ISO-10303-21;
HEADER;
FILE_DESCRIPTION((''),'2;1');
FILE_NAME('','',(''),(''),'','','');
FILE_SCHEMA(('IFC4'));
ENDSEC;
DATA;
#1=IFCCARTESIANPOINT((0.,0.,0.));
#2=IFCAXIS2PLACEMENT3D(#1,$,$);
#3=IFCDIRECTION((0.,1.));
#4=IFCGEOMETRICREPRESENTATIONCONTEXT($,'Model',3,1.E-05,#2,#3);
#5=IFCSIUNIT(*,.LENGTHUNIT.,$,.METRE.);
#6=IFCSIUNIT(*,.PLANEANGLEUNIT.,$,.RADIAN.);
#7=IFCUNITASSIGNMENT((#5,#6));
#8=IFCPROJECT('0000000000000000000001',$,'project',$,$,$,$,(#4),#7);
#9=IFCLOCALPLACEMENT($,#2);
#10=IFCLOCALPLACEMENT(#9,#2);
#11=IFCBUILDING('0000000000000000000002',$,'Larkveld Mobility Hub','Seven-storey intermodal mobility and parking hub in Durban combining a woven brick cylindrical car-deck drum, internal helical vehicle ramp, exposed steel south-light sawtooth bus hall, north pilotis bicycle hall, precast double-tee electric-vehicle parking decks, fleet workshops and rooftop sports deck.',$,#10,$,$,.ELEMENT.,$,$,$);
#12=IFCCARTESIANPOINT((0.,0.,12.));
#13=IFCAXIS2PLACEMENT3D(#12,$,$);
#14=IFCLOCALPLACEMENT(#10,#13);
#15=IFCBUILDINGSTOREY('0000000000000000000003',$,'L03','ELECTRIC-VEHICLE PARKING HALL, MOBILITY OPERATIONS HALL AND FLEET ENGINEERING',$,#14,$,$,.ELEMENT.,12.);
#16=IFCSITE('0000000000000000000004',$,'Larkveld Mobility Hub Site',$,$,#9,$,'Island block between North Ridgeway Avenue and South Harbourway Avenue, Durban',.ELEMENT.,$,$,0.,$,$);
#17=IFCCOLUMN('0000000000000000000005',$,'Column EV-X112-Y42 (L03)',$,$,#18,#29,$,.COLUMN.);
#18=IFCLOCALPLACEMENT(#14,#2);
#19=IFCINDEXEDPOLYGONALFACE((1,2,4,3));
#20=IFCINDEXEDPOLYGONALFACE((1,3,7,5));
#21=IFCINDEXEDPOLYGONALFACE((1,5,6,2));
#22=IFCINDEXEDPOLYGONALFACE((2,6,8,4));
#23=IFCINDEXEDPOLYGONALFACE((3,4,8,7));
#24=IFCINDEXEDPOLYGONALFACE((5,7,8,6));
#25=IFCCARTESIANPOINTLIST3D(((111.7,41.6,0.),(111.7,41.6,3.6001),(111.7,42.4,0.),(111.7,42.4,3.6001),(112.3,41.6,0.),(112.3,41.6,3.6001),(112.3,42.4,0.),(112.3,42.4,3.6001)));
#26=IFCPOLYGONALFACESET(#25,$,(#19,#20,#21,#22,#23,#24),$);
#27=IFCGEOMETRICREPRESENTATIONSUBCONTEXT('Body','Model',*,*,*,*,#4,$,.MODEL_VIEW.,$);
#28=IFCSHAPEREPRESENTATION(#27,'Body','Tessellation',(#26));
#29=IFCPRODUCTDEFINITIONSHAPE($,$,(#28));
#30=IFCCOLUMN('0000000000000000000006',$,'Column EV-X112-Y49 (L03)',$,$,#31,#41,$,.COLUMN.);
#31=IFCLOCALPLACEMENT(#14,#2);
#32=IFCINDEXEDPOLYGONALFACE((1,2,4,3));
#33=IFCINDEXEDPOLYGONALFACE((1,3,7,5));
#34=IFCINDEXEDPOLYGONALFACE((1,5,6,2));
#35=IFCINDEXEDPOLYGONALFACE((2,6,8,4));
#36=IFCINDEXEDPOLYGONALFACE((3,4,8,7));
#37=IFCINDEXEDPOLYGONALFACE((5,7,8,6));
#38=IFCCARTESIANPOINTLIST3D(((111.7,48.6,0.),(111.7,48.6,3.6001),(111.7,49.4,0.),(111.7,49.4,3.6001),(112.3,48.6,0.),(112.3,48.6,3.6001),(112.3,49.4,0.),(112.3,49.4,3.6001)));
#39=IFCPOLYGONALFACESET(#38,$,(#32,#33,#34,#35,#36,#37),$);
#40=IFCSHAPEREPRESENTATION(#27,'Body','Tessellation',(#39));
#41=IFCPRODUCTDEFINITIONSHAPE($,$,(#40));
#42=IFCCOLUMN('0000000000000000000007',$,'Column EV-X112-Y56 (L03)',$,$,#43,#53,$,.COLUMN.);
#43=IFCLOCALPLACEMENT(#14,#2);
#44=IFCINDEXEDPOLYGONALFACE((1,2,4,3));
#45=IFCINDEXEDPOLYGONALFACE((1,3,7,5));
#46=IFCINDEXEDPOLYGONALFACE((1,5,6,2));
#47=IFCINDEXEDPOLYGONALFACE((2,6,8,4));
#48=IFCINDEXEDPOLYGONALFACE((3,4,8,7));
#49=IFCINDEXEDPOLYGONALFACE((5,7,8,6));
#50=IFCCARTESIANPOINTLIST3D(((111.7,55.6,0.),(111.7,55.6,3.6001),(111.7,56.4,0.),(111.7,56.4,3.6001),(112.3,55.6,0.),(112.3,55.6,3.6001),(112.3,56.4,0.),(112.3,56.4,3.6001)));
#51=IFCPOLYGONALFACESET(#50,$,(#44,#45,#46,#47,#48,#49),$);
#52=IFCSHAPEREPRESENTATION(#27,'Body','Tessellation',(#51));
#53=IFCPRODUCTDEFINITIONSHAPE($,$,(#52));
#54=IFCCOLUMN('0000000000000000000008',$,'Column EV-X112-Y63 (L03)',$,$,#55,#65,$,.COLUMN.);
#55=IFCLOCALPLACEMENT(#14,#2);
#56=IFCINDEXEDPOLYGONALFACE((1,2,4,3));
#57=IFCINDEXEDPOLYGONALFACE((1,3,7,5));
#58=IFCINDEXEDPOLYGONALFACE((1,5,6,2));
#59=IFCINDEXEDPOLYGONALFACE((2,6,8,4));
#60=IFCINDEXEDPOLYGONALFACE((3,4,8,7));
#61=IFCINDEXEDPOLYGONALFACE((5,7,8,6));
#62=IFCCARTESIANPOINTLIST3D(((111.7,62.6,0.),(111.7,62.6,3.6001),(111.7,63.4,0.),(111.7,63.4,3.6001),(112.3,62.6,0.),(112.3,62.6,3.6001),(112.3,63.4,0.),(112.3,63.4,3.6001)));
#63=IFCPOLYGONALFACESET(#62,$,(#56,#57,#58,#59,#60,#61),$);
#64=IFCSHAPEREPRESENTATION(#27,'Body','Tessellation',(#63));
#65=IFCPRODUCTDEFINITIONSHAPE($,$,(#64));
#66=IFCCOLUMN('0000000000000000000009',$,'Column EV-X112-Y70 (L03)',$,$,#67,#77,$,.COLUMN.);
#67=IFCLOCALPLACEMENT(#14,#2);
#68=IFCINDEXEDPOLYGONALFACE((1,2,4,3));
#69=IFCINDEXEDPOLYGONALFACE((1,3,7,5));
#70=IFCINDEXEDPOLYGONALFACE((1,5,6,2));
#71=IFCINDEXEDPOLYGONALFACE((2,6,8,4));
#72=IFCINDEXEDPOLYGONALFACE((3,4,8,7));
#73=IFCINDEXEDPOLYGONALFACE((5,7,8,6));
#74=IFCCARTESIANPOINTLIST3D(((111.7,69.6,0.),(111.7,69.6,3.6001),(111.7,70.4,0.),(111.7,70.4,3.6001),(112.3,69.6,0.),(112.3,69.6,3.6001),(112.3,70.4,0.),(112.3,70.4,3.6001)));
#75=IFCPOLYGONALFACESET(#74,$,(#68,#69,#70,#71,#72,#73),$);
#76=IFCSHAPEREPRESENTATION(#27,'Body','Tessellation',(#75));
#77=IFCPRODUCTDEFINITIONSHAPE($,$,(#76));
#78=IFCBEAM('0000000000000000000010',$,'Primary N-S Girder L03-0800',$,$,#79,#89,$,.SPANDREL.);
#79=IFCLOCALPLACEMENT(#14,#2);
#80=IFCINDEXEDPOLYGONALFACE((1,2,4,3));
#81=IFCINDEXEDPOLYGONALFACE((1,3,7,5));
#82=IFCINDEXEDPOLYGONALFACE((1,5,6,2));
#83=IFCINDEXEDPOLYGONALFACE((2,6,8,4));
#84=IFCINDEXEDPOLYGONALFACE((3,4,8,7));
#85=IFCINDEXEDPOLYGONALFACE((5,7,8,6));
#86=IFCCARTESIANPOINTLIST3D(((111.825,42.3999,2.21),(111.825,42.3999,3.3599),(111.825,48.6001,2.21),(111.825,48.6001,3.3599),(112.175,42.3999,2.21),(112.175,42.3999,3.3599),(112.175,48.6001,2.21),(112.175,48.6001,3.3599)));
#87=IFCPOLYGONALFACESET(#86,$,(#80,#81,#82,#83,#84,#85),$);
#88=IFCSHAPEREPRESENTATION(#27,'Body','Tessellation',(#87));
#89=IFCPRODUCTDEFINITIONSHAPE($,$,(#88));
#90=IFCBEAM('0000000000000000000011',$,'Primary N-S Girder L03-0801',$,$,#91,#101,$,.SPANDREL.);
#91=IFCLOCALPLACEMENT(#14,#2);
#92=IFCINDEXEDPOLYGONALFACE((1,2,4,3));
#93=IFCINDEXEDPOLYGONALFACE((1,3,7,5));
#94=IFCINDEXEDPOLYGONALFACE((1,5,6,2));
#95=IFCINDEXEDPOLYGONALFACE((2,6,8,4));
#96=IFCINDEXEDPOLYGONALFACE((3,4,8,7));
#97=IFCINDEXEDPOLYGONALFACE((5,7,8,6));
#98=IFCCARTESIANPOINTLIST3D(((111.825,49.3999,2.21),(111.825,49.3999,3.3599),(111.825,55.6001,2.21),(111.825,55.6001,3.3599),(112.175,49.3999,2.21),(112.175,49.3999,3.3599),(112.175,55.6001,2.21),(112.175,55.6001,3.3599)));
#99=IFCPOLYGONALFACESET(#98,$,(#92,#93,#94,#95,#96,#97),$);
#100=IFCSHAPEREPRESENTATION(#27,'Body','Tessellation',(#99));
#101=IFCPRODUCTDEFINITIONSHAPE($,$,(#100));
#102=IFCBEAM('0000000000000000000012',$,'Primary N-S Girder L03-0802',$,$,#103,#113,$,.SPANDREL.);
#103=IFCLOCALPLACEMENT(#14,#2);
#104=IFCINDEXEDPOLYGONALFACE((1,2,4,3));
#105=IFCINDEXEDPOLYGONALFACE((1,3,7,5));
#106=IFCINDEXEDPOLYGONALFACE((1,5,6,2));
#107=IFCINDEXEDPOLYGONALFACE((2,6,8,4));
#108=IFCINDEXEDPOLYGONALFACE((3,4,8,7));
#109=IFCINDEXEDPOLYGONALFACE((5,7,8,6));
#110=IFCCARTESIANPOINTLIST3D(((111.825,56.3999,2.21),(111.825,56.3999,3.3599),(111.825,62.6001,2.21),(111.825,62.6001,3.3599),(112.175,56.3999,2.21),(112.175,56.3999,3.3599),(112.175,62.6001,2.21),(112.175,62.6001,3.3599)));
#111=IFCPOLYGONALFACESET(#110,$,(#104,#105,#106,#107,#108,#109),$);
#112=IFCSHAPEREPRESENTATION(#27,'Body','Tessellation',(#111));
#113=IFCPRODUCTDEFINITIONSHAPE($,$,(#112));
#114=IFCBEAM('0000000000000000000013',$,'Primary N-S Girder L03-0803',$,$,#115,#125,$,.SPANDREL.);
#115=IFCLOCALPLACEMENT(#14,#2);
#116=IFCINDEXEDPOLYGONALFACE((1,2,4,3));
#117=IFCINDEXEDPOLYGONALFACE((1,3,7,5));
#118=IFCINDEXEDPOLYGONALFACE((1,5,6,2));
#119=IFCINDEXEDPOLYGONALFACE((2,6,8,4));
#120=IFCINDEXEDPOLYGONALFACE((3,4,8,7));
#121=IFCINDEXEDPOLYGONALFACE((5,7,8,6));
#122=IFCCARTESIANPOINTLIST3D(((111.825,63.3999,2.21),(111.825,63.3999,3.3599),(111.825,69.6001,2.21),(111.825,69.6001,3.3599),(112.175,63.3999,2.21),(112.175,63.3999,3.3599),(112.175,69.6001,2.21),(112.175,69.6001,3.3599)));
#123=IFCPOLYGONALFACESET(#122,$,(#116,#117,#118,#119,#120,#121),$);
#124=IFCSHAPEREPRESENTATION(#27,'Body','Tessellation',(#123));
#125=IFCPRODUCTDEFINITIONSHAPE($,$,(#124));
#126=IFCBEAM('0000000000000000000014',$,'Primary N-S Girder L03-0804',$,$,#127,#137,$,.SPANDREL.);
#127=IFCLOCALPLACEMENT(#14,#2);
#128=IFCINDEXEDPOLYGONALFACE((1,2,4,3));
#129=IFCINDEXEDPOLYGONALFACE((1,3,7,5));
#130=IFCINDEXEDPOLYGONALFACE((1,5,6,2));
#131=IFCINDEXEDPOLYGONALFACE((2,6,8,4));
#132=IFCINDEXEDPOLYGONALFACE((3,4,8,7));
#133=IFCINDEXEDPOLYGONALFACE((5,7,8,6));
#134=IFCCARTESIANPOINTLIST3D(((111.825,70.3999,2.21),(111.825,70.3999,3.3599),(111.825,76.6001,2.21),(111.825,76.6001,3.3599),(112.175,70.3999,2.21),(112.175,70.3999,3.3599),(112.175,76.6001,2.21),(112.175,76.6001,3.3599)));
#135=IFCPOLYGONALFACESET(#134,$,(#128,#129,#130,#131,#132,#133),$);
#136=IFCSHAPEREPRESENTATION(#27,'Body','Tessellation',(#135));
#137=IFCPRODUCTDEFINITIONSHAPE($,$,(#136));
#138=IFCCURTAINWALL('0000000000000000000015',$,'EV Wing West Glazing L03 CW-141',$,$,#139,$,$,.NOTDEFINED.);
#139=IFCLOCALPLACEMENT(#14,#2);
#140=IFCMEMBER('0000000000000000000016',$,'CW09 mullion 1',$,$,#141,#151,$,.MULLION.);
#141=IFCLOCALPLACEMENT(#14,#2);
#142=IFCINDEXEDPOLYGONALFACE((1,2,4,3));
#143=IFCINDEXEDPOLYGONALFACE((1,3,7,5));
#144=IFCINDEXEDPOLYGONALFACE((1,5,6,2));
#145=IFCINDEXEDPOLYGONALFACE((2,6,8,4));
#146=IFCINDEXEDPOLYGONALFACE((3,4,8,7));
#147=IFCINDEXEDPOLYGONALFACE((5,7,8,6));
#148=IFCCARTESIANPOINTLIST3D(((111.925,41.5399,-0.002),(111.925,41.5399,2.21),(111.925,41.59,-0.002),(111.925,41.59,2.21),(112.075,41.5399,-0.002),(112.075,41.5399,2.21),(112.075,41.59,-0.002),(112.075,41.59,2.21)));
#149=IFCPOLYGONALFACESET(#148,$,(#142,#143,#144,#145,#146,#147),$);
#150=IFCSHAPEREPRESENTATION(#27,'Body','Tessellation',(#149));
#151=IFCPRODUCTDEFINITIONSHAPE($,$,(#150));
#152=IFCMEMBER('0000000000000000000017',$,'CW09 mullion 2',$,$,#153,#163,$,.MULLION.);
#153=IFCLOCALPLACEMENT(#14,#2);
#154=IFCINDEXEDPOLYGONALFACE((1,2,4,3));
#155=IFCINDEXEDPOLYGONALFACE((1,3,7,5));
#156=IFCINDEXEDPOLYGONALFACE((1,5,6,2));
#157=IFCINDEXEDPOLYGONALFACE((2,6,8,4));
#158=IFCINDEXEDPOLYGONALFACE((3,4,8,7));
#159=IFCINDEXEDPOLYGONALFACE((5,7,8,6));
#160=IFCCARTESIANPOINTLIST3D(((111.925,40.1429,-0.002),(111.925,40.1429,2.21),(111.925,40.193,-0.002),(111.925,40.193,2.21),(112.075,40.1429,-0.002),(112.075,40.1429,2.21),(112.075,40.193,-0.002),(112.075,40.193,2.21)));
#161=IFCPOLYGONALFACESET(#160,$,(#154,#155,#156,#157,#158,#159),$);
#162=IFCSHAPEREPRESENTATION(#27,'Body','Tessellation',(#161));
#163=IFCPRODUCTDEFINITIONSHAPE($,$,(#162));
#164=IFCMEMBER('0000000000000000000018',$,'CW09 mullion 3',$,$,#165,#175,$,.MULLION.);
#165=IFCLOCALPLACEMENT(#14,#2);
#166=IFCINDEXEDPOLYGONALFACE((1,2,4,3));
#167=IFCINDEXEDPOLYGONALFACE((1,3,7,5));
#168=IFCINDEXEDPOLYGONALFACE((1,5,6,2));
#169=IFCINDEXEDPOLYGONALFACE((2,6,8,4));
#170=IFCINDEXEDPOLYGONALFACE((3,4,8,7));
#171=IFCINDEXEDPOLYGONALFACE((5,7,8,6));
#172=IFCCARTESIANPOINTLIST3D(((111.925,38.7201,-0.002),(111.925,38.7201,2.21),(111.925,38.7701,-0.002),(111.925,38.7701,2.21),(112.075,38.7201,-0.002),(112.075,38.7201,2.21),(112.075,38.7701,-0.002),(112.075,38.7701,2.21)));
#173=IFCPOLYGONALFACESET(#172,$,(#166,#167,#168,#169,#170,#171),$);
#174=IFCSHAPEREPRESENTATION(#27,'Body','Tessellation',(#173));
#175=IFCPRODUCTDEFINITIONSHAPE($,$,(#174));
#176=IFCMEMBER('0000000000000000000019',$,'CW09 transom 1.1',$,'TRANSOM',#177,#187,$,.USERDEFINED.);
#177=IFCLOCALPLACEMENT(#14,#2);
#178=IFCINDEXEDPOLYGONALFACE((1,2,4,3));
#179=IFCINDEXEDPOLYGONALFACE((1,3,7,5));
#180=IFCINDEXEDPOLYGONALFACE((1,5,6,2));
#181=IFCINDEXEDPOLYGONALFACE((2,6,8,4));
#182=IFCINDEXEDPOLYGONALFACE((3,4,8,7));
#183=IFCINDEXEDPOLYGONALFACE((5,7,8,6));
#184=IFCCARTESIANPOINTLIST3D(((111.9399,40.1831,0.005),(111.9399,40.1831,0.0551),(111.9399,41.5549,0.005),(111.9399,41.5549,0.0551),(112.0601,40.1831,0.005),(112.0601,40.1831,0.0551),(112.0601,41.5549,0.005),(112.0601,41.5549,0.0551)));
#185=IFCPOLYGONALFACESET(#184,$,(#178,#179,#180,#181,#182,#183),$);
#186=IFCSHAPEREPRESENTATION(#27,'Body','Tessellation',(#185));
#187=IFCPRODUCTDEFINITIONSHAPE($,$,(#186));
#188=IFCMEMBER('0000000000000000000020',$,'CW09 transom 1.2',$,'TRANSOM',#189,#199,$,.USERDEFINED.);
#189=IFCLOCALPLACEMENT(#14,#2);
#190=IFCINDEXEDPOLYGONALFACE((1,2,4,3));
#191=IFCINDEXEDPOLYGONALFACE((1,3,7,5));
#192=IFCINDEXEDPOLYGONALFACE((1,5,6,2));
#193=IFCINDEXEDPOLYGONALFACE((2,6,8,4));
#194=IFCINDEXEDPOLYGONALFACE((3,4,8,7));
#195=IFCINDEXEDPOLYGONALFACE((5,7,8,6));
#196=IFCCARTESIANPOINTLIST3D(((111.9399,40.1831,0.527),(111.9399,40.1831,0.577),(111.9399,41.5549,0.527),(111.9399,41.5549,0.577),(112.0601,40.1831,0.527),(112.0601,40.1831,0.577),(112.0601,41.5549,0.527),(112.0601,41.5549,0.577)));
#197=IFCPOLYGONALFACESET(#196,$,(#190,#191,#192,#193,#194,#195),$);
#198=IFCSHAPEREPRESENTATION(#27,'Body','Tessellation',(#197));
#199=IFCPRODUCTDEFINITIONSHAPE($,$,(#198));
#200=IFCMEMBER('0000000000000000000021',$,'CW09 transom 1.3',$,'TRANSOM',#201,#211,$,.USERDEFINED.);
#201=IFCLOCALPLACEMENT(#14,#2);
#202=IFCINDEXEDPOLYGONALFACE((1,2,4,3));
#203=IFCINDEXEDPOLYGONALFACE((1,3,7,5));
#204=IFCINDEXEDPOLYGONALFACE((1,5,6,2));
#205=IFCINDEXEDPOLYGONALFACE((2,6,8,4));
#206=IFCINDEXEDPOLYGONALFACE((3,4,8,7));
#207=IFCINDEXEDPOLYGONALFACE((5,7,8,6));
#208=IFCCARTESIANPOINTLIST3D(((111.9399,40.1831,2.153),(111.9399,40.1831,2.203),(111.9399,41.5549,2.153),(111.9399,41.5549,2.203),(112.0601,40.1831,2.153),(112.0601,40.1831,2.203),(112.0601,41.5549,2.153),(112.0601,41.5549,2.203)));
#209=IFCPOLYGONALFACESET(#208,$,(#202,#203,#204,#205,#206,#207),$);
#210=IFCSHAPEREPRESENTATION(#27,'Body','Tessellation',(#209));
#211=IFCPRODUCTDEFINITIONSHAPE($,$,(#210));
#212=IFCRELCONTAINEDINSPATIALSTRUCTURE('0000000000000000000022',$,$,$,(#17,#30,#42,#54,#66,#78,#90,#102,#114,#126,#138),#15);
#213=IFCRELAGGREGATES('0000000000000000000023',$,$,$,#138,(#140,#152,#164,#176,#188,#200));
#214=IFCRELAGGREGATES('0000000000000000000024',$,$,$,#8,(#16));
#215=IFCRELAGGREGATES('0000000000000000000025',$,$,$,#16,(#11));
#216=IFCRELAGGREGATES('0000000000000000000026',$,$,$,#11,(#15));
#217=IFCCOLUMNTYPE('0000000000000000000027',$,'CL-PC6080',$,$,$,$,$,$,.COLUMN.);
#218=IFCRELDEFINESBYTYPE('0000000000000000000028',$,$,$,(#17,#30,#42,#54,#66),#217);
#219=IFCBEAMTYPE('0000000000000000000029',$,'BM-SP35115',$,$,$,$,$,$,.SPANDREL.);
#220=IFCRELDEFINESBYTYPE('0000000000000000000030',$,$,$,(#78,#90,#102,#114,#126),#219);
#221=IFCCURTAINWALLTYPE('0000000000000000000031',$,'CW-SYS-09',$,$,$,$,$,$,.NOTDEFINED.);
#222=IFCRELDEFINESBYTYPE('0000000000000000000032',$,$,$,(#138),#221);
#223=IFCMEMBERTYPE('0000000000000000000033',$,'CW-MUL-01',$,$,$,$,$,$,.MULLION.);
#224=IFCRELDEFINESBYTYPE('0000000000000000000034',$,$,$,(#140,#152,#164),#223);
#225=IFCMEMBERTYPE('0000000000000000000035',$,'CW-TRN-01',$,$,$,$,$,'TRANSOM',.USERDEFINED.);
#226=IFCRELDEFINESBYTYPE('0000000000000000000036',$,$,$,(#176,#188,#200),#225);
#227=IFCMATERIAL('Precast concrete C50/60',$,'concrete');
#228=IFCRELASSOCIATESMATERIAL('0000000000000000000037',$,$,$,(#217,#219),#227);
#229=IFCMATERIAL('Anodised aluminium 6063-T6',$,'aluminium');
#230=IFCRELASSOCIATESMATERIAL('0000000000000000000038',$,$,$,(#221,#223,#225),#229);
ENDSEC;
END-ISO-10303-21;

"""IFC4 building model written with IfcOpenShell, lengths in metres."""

from ifc_helpers import new_model, si_unit, direction, frame, origin, origin_2d, place, context, subcontext, project, spatial, rectangle, extrude, material, material_profile, profile_set, type_object, element, aggregate, save


model = new_model("IFC4")

# Units and contexts
model_context = context("Model", 3, precision=1e-05, world=origin(), true_north=direction((0.0, 1.0)))
body_context = subcontext(model_context, "Body", "Model", "MODEL_VIEW")
ifc_project = project(units=[si_unit("LENGTHUNIT", "METRE"), si_unit("PLANEANGLEUNIT", "RADIAN")], contexts=[model_context])

# Site, building, storey
site_placement = place(None, origin())
site = spatial("IfcSite", under=ifc_project, at=site_placement, Name="Larkveld Mobility Hub Site", LongName="Island block between North Ridgeway Avenue and South Harbourway Avenue, Durban", CompositionType="ELEMENT", RefElevation=0.0)
building_placement = place(site_placement, origin())
building = spatial("IfcBuilding", under=site, at=building_placement, Name="Larkveld Mobility Hub", Description="Seven-storey intermodal mobility and parking hub in Durban combining a woven brick cylindrical car-deck drum, internal helical vehicle ramp, exposed steel south-light sawtooth bus hall, north pilotis bicycle hall, precast double-tee electric-vehicle parking decks, fleet workshops and rooftop sports deck.", CompositionType="ELEMENT")
storey_placement = place(building_placement, frame((0.0, 0.0, 12.0)))
storey = spatial("IfcBuildingStorey", under=building, at=storey_placement, Name="L03", Description="ELECTRIC-VEHICLE PARKING HALL, MOBILITY OPERATIONS HALL AND FLEET ENGINEERING", CompositionType="ELEMENT", Elevation=12.0)

# Columns
ifc_material_1 = material(Name="Precast concrete C50/60", Category="concrete")
ifc_material_profile_1 = material_profile(ifc_material_1, rectangle(XDim=0.6001, YDim=0.8, at=origin_2d()), Name="RC COL 600x800")
ifc_profile_set_1 = profile_set([ifc_material_profile_1], Name="Precast concrete C50/60")
column_type = type_object("IfcColumnType", Name="CL-PC6080", PredefinedType="COLUMN", material=ifc_profile_set_1)
for number, where, z_axis, x_axis, name in (
    (1, (112.0, 42.0, 0.0), (0.0, 0.0, 1.0), (1.0, 0.0, 0.0), "Column EV-X112-Y42 (L03)"),
    (2, (112.0, 49.0, 0.0), (0.0, 0.0, 1.0), (1.0, 0.0, 0.0), "Column EV-X112-Y49 (L03)"),
    (3, (112.0, 56.0, 0.0), (0.0, 0.0, 1.0), (1.0, 0.0, 0.0), "Column EV-X112-Y56 (L03)"),
    (4, (112.0, 63.0, 0.0), (0.0, 0.0, 1.0), (1.0, 0.0, 0.0), "Column EV-X112-Y63 (L03)"),
    (5, (112.0, 70.0, 0.0), (0.0, 0.0, 1.0), (1.0, 0.0, 0.0), "Column EV-X112-Y70 (L03)"),
):
    element("IfcColumn", number, at=place(storey_placement, frame(where, z_axis=z_axis, x_axis=x_axis)), inside=storey, type_object=column_type, Name=name, PredefinedType="COLUMN", context=body_context, shape_type="SweptSolid", body=[
        extrude(rectangle(XDim=0.6001, YDim=0.8, at=origin_2d()), origin(), (0.0, 0.0, 1.0), 3.6001),
    ])

# Beams
ifc_material_profile_2 = material_profile(ifc_material_1, rectangle(XDim=0.3501, YDim=1.1499, at=origin_2d()), Name="PC SP 350x1150")
ifc_profile_set_2 = profile_set([ifc_material_profile_2], Name="Precast concrete C50/60")
beam_type = type_object("IfcBeamType", Name="BM-SP35115", PredefinedType="SPANDREL", material=ifc_profile_set_2)
for number, where, z_axis, x_axis, name in (
    (6, (112.0, 42.3999, 2.7849), (0.0, 1.0, 0.0), (-1.0, 0.0, 0.0), "Primary N-S Girder L03-0800"),
    (7, (112.0, 49.3999, 2.7849), (0.0, 1.0, 0.0), (-1.0, 0.0, 0.0), "Primary N-S Girder L03-0801"),
    (8, (112.0, 56.3999, 2.7849), (0.0, 1.0, 0.0), (-1.0, 0.0, 0.0), "Primary N-S Girder L03-0802"),
    (9, (112.0, 63.3999, 2.7849), (0.0, 1.0, 0.0), (-1.0, 0.0, 0.0), "Primary N-S Girder L03-0803"),
    (10, (112.0, 70.3999, 2.7849), (0.0, 1.0, 0.0), (-1.0, 0.0, 0.0), "Primary N-S Girder L03-0804"),
):
    element("IfcBeam", number, at=place(storey_placement, frame(where, z_axis=z_axis, x_axis=x_axis)), inside=storey, type_object=beam_type, Name=name, PredefinedType="SPANDREL", context=body_context, shape_type="SweptSolid", body=[
        extrude(rectangle(XDim=0.3501, YDim=1.1499, at=origin_2d()), origin(), (0.0, 0.0, 1.0), 6.2002),
    ])

# Curtain wall, members
ifc_material_2 = material(Name="Anodised aluminium 6063-T6", Category="aluminium")
curtain_wall_type = type_object("IfcCurtainWallType", Name="CW-SYS-09", PredefinedType="NOTDEFINED", material=ifc_material_2)
curtain_wall_placement = place(storey_placement, origin())
curtain_wall = element("IfcCurtainWall", 11, at=curtain_wall_placement, inside=storey, type_object=curtain_wall_type, Name="EV Wing West Glazing L03 CW-141", PredefinedType="NOTDEFINED")
ifc_material_profile_3 = material_profile(ifc_material_2, rectangle(XDim=0.05, YDim=0.1499, at=origin_2d()), Name="ALU MULL 50x150")
ifc_profile_set_3 = profile_set([ifc_material_profile_3], Name="Anodised aluminium 6063-T6")
member_type_1 = type_object("IfcMemberType", Name="CW-MUL-01", PredefinedType="MULLION", material=ifc_profile_set_3)
member_1_placement = place(storey_placement, frame((112.0, 41.5649, -0.002), z_axis=(0.0, 0.0, 1.0), x_axis=(0.0, -1.0, 0.0)))
member_1 = element("IfcMember", 12, at=member_1_placement, type_object=member_type_1, Name="CW09 mullion 1", PredefinedType="MULLION", context=body_context, shape_type="SweptSolid", body=[
    extrude(rectangle(XDim=0.05, YDim=0.1499, at=origin_2d()), origin(), (0.0, 0.0, 1.0), 2.2119),
])
member_2_placement = place(storey_placement, frame((112.0, 40.168, -0.002), z_axis=(0.0, 0.0, 1.0), x_axis=(0.0, -1.0, 0.0)))
member_2 = element("IfcMember", 13, at=member_2_placement, type_object=member_type_1, Name="CW09 mullion 2", PredefinedType="MULLION", context=body_context, shape_type="SweptSolid", body=[
    extrude(rectangle(XDim=0.05, YDim=0.1499, at=origin_2d()), origin(), (0.0, 0.0, 1.0), 2.2119),
])
member_3_placement = place(storey_placement, frame((112.0, 38.7451, -0.002), z_axis=(0.0, 0.0, 1.0), x_axis=(0.0, -1.0, 0.0)))
member_3 = element("IfcMember", 14, at=member_3_placement, type_object=member_type_1, Name="CW09 mullion 3", PredefinedType="MULLION", context=body_context, shape_type="SweptSolid", body=[
    extrude(rectangle(XDim=0.05, YDim=0.1499, at=origin_2d()), origin(), (0.0, 0.0, 1.0), 2.2119),
])
ifc_material_profile_4 = material_profile(ifc_material_2, rectangle(XDim=0.1201, YDim=0.05, at=origin_2d()), Name="ALU TRAN 50x120")
ifc_profile_set_4 = profile_set([ifc_material_profile_4], Name="Anodised aluminium 6063-T6")
member_type_2 = type_object("IfcMemberType", Name="CW-TRN-01", ElementType="TRANSOM", PredefinedType="USERDEFINED", material=ifc_profile_set_4)
member_4_placement = place(storey_placement, frame((112.0, 41.5549, 0.03), z_axis=(0.0, -1.0, 0.0), x_axis=(1.0, 0.0, 0.0)))
member_4 = element("IfcMember", 15, at=member_4_placement, type_object=member_type_2, Name="CW09 transom 1.1", ObjectType="TRANSOM", PredefinedType="USERDEFINED", context=body_context, shape_type="SweptSolid", body=[
    extrude(rectangle(XDim=0.1201, YDim=0.05, at=origin_2d()), origin(), (0.0, 0.0, 1.0), 1.3718),
])
member_5_placement = place(storey_placement, frame((112.0, 41.5549, 0.552), z_axis=(0.0, -1.0, 0.0), x_axis=(1.0, 0.0, 0.0)))
member_5 = element("IfcMember", 16, at=member_5_placement, type_object=member_type_2, Name="CW09 transom 1.2", ObjectType="TRANSOM", PredefinedType="USERDEFINED", context=body_context, shape_type="SweptSolid", body=[
    extrude(rectangle(XDim=0.1201, YDim=0.05, at=origin_2d()), origin(), (0.0, 0.0, 1.0), 1.3718),
])
member_6_placement = place(storey_placement, frame((112.0, 41.5549, 2.178), z_axis=(0.0, -1.0, 0.0), x_axis=(1.0, 0.0, 0.0)))
member_6 = element("IfcMember", 17, at=member_6_placement, type_object=member_type_2, Name="CW09 transom 1.3", ObjectType="TRANSOM", PredefinedType="USERDEFINED", context=body_context, shape_type="SweptSolid", body=[
    extrude(rectangle(XDim=0.1201, YDim=0.05, at=origin_2d()), origin(), (0.0, 0.0, 1.0), 1.3718),
])
aggregate(curtain_wall, [member_1, member_2, member_3, member_4, member_5, member_6])

save(model, "model.ifc")
